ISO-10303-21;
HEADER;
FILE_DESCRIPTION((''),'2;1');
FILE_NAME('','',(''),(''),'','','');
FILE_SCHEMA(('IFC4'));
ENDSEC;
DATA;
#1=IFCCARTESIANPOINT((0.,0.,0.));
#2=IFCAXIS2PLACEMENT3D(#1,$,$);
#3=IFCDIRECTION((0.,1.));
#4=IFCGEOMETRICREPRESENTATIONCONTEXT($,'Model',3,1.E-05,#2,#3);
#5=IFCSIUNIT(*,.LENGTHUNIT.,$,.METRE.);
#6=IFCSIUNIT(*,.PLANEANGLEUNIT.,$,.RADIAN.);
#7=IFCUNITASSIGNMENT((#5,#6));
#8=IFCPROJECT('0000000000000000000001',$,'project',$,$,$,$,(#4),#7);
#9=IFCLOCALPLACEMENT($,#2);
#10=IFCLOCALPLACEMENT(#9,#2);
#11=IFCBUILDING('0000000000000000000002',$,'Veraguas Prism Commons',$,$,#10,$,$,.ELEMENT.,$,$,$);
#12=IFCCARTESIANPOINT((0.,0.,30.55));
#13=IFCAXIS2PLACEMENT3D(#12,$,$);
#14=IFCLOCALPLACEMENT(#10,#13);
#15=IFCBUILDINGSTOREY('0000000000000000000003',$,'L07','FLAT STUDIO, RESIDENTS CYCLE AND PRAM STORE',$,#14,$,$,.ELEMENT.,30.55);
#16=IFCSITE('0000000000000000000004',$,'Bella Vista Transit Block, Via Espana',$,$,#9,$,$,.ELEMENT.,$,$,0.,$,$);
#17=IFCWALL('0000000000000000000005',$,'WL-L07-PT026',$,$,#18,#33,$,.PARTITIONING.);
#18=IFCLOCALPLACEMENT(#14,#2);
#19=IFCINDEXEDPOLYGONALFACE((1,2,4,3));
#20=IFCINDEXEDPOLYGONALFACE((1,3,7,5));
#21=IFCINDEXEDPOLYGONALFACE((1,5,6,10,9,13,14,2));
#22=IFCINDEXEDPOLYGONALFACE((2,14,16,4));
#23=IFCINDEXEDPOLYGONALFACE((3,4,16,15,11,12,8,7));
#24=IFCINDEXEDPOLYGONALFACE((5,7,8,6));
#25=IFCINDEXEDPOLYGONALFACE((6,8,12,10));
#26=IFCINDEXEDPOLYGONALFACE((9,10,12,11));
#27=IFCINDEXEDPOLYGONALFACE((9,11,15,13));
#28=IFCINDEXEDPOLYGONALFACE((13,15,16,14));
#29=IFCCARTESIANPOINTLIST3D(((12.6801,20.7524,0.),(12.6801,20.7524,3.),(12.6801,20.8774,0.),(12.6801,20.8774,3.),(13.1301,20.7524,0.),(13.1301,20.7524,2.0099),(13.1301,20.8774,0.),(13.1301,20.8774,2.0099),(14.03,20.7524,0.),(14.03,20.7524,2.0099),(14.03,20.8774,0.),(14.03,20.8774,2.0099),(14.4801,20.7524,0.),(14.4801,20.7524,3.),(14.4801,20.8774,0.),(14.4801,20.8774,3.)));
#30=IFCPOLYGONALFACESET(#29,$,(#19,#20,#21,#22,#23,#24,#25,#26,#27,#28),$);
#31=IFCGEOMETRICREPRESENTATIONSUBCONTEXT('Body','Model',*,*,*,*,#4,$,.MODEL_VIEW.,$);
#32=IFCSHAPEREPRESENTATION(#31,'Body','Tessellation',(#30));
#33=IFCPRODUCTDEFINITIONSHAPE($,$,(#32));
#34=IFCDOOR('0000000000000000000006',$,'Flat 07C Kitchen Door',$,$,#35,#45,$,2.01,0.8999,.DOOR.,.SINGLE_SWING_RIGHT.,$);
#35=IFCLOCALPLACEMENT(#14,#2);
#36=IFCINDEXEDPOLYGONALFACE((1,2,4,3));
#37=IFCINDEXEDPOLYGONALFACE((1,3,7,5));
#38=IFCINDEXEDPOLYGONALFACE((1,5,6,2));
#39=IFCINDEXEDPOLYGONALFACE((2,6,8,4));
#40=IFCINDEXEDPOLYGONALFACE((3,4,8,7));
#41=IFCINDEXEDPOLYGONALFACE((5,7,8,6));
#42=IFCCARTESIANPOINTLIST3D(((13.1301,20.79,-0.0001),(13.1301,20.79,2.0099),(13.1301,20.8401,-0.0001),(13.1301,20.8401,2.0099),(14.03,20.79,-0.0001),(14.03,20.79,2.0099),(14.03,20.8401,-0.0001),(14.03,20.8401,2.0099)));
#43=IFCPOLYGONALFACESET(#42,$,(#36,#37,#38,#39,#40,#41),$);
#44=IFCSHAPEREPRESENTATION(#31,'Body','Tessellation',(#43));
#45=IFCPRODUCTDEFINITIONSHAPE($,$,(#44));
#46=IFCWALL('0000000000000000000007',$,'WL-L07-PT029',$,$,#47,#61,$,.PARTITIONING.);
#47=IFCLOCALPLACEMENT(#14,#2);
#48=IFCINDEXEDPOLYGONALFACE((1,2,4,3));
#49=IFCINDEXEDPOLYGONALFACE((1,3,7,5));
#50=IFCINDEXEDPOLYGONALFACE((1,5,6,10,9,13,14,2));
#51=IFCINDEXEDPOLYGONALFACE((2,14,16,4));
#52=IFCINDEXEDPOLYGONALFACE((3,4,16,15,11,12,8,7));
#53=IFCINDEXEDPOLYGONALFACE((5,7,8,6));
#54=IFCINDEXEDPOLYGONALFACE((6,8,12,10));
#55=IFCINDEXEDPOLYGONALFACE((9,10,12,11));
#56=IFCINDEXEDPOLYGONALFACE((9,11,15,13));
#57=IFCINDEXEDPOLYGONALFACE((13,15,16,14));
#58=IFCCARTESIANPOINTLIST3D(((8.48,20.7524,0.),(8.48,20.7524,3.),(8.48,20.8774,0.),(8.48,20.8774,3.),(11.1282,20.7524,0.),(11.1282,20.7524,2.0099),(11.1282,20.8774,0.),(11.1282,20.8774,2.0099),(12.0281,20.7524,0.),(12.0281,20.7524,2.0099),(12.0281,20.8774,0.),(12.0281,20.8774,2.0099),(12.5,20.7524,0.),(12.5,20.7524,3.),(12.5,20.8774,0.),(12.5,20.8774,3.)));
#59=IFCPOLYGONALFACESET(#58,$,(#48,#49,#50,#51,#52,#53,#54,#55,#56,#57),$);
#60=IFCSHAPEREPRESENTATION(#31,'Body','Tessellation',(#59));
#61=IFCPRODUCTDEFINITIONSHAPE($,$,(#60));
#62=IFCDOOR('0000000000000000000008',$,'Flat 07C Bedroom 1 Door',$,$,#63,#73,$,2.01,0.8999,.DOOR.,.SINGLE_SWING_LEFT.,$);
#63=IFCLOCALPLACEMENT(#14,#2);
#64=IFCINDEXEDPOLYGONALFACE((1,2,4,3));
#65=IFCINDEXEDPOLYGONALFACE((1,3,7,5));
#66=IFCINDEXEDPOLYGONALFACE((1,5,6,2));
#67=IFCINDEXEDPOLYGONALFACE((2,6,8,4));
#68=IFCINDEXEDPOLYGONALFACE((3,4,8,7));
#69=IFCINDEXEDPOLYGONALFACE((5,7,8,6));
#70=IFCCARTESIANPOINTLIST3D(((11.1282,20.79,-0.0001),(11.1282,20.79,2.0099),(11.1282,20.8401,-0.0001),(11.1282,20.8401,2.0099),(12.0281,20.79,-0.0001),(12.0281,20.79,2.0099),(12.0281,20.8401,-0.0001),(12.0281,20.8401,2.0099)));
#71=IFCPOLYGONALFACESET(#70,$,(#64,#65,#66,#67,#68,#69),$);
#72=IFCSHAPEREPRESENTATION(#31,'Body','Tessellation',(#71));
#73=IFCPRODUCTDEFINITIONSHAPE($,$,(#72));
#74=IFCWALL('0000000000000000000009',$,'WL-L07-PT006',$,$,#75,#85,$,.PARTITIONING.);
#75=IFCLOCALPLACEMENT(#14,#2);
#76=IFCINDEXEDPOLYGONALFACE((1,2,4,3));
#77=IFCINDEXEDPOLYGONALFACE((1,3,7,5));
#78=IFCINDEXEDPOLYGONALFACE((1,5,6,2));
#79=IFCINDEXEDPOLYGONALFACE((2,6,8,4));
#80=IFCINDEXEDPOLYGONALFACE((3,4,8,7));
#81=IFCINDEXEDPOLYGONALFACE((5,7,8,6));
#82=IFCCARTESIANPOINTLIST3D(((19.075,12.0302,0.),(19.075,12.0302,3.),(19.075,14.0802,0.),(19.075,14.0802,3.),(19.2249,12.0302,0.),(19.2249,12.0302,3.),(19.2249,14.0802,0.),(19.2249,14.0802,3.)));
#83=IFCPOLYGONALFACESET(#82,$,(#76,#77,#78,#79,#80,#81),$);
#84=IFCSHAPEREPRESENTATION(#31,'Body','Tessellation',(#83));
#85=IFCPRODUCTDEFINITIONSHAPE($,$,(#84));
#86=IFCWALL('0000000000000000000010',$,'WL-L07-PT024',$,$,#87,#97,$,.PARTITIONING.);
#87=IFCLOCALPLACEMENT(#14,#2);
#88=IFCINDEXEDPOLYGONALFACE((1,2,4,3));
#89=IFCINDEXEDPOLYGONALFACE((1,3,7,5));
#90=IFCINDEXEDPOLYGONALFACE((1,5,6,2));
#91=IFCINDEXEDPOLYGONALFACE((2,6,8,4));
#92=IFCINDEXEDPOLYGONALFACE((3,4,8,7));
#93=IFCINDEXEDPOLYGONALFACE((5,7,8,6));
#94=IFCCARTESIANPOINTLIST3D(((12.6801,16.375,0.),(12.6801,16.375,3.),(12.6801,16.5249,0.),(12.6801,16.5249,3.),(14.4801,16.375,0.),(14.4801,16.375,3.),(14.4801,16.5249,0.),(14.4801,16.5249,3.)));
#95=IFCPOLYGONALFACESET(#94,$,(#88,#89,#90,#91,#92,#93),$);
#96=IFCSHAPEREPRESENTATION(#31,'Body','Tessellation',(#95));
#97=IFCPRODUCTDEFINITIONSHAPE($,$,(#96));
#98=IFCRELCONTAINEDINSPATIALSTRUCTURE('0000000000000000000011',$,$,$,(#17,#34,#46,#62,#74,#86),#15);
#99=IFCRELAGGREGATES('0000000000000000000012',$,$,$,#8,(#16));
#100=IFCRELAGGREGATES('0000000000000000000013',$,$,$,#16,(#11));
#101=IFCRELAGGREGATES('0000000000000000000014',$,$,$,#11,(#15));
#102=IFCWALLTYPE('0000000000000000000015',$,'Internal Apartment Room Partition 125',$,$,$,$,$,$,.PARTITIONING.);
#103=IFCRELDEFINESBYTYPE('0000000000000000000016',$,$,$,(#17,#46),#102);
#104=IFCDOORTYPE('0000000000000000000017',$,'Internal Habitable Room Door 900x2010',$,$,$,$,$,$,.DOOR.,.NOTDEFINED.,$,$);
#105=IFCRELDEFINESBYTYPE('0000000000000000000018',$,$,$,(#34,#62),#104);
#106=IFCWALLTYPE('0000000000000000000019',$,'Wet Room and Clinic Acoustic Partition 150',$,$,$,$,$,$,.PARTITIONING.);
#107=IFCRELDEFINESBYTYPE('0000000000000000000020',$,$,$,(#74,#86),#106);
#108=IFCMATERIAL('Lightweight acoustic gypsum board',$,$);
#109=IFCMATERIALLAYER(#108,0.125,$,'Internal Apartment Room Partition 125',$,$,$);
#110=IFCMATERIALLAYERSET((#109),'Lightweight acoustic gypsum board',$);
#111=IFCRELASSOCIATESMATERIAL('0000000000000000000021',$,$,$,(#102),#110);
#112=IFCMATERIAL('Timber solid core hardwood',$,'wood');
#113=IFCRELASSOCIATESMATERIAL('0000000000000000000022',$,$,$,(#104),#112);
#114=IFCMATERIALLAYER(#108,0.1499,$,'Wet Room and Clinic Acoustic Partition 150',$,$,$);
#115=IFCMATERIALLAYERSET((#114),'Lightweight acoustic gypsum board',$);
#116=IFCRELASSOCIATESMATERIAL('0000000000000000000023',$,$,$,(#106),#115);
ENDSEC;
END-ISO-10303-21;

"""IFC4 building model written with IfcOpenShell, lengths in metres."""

from ifc_helpers import new_model, si_unit, direction, frame, frame_2d, origin, place, context, subcontext, project, spatial, rectangle, extrude, source, transform, mapped, material, layer, layer_set, type_object, element, fill, save


model = new_model("IFC4")

# Units and contexts
model_context = context("Model", 3, precision=1e-05, world=origin(), true_north=direction((0.0, 1.0)))
body_context = subcontext(model_context, "Body", "Model", "MODEL_VIEW")
ifc_project = project(units=[si_unit("LENGTHUNIT", "METRE"), si_unit("PLANEANGLEUNIT", "RADIAN")], contexts=[model_context])

# Site, building, storey
site_placement = place(None, origin())
site = spatial("IfcSite", under=ifc_project, at=site_placement, Name="Bella Vista Transit Block, Via Espana", CompositionType="ELEMENT", RefElevation=0.0)
building_placement = place(site_placement, origin())
building = spatial("IfcBuilding", under=site, at=building_placement, Name="Veraguas Prism Commons", CompositionType="ELEMENT")
storey_placement = place(building_placement, frame((0.0, 0.0, 30.55)))
storey = spatial("IfcBuildingStorey", under=building, at=storey_placement, Name="L07", Description="FLAT STUDIO, RESIDENTS CYCLE AND PRAM STORE", CompositionType="ELEMENT", Elevation=30.55)

# Walls, openings, doors
ifc_material_1 = material(Name="Lightweight acoustic gypsum board")
ifc_layer_1 = layer(ifc_material_1, 0.125, Name="Internal Apartment Room Partition 125")
ifc_layer_set_1 = layer_set([ifc_layer_1], Name="Lightweight acoustic gypsum board")
wall_type_1 = type_object("IfcWallType", Name="Internal Apartment Room Partition 125", PredefinedType="PARTITIONING", material=ifc_layer_set_1)
wall_1_placement = place(storey_placement, frame((14.48, 20.8149, 0.0), z_axis=(0.0, 0.0, 1.0), x_axis=(-1.0, 0.0, 0.0)))
wall_1 = element("IfcWall", 1, at=wall_1_placement, inside=storey, type_object=wall_type_1, Name="WL-L07-PT026", PredefinedType="PARTITIONING", context=body_context, shape_type="SweptSolid", body=[
    extrude(rectangle(XDim=1.8, YDim=0.125, at=frame_2d((0.8999, 0.0))), origin(), (0.0, 0.0, 1.0), 3.0),
])
opening_1_placement = place(wall_1_placement, frame((0.45, 0.0, 0.0)))
opening_1 = element("IfcOpeningElement", 2, at=opening_1_placement, cuts=wall_1, PredefinedType="OPENING", context=body_context, shape_type="SweptSolid", body=[
    extrude(rectangle(XDim=0.8999, YDim=2.01, at=frame_2d((0.45, 1.0049))), frame((0.0, 0.0725, 0.0), z_axis=(0.0, -1.0, 0.0), x_axis=(1.0, 0.0, 0.0)), (0.0, 0.0, 1.0), 0.145),
])
ifc_material_2 = material(Name="Timber solid core hardwood", Category="wood")
door_type_1 = type_object("IfcDoorType", Name="Internal Habitable Room Door 900x2010", OperationType="NOTDEFINED", PredefinedType="DOOR", material=ifc_material_2)
shared_shape_1 = source(origin(), body_context, "Body", "SweptSolid", [
    extrude(rectangle(XDim=0.8999, YDim=2.01, at=frame_2d((0.45, 1.0049))), frame((0.0, 0.0249, 0.0), z_axis=(0.0, -1.0, 0.0), x_axis=(1.0, 0.0, 0.0)), (0.0, 0.0, 1.0), 0.05),
])
door_1_placement = place(opening_1_placement, origin())
door_1 = element("IfcDoor", 3, at=door_1_placement, inside=storey, type_object=door_type_1, Name="Flat 07C Kitchen Door", OperationType="SINGLE_SWING_RIGHT", OverallHeight=2.01, OverallWidth=0.8999, PredefinedType="DOOR", context=body_context, shape_type="MappedRepresentation", body=[
    mapped(shared_shape_1, transform((0.0, 0.0, 0.0), scale=1.0)),
])
fill(opening_1, door_1)
wall_2_placement = place(storey_placement, frame((12.5, 20.8149, 0.0), z_axis=(0.0, 0.0, 1.0), x_axis=(-1.0, 0.0, 0.0)))
wall_2 = element("IfcWall", 4, at=wall_2_placement, inside=storey, type_object=wall_type_1, Name="WL-L07-PT029", PredefinedType="PARTITIONING", context=body_context, shape_type="SweptSolid", body=[
    extrude(rectangle(XDim=4.02, YDim=0.125, at=frame_2d((2.01, 0.0))), origin(), (0.0, 0.0, 1.0), 3.0),
])
opening_2_placement = place(wall_2_placement, frame((0.4719, 0.0, 0.0)))
opening_2 = element("IfcOpeningElement", 5, at=opening_2_placement, cuts=wall_2, PredefinedType="OPENING", context=body_context, shape_type="SweptSolid", body=[
    extrude(rectangle(XDim=0.8999, YDim=2.01, at=frame_2d((0.45, 1.0049))), frame((0.0, 0.0725, 0.0), z_axis=(0.0, -1.0, 0.0), x_axis=(1.0, 0.0, 0.0)), (0.0, 0.0, 1.0), 0.145),
])
door_2_placement = place(opening_2_placement, origin())
door_2 = element("IfcDoor", 6, at=door_2_placement, inside=storey, type_object=door_type_1, Name="Flat 07C Bedroom 1 Door", OperationType="SINGLE_SWING_LEFT", OverallHeight=2.01, OverallWidth=0.8999, PredefinedType="DOOR", context=body_context, shape_type="MappedRepresentation", body=[
    mapped(shared_shape_1, transform((0.0, 0.0, 0.0), scale=1.0)),
])
fill(opening_2, door_2)

# Walls
ifc_layer_2 = layer(ifc_material_1, 0.1499, Name="Wet Room and Clinic Acoustic Partition 150")
ifc_layer_set_2 = layer_set([ifc_layer_2], Name="Lightweight acoustic gypsum board")
wall_type_2 = type_object("IfcWallType", Name="Wet Room and Clinic Acoustic Partition 150", PredefinedType="PARTITIONING", material=ifc_layer_set_2)
wall_3_placement = place(storey_placement, frame((19.1499, 14.0801, 0.0), z_axis=(0.0, 0.0, 1.0), x_axis=(0.0, -1.0, 0.0)))
element("IfcWall", 7, at=wall_3_placement, inside=storey, type_object=wall_type_2, Name="WL-L07-PT006", PredefinedType="PARTITIONING", context=body_context, shape_type="SweptSolid", body=[
    extrude(rectangle(XDim=2.05, YDim=0.1499, at=frame_2d((1.0249, 0.0))), origin(), (0.0, 0.0, 1.0), 3.0),
])
wall_4_placement = place(storey_placement, frame((14.48, 16.45, 0.0), z_axis=(0.0, 0.0, 1.0), x_axis=(-1.0, 0.0, 0.0)))
element("IfcWall", 8, at=wall_4_placement, inside=storey, type_object=wall_type_2, Name="WL-L07-PT024", PredefinedType="PARTITIONING", context=body_context, shape_type="SweptSolid", body=[
    extrude(rectangle(XDim=1.8, YDim=0.1499, at=frame_2d((0.8999, 0.0))), origin(), (0.0, 0.0, 1.0), 3.0),
])

save(model, "model.ifc")
